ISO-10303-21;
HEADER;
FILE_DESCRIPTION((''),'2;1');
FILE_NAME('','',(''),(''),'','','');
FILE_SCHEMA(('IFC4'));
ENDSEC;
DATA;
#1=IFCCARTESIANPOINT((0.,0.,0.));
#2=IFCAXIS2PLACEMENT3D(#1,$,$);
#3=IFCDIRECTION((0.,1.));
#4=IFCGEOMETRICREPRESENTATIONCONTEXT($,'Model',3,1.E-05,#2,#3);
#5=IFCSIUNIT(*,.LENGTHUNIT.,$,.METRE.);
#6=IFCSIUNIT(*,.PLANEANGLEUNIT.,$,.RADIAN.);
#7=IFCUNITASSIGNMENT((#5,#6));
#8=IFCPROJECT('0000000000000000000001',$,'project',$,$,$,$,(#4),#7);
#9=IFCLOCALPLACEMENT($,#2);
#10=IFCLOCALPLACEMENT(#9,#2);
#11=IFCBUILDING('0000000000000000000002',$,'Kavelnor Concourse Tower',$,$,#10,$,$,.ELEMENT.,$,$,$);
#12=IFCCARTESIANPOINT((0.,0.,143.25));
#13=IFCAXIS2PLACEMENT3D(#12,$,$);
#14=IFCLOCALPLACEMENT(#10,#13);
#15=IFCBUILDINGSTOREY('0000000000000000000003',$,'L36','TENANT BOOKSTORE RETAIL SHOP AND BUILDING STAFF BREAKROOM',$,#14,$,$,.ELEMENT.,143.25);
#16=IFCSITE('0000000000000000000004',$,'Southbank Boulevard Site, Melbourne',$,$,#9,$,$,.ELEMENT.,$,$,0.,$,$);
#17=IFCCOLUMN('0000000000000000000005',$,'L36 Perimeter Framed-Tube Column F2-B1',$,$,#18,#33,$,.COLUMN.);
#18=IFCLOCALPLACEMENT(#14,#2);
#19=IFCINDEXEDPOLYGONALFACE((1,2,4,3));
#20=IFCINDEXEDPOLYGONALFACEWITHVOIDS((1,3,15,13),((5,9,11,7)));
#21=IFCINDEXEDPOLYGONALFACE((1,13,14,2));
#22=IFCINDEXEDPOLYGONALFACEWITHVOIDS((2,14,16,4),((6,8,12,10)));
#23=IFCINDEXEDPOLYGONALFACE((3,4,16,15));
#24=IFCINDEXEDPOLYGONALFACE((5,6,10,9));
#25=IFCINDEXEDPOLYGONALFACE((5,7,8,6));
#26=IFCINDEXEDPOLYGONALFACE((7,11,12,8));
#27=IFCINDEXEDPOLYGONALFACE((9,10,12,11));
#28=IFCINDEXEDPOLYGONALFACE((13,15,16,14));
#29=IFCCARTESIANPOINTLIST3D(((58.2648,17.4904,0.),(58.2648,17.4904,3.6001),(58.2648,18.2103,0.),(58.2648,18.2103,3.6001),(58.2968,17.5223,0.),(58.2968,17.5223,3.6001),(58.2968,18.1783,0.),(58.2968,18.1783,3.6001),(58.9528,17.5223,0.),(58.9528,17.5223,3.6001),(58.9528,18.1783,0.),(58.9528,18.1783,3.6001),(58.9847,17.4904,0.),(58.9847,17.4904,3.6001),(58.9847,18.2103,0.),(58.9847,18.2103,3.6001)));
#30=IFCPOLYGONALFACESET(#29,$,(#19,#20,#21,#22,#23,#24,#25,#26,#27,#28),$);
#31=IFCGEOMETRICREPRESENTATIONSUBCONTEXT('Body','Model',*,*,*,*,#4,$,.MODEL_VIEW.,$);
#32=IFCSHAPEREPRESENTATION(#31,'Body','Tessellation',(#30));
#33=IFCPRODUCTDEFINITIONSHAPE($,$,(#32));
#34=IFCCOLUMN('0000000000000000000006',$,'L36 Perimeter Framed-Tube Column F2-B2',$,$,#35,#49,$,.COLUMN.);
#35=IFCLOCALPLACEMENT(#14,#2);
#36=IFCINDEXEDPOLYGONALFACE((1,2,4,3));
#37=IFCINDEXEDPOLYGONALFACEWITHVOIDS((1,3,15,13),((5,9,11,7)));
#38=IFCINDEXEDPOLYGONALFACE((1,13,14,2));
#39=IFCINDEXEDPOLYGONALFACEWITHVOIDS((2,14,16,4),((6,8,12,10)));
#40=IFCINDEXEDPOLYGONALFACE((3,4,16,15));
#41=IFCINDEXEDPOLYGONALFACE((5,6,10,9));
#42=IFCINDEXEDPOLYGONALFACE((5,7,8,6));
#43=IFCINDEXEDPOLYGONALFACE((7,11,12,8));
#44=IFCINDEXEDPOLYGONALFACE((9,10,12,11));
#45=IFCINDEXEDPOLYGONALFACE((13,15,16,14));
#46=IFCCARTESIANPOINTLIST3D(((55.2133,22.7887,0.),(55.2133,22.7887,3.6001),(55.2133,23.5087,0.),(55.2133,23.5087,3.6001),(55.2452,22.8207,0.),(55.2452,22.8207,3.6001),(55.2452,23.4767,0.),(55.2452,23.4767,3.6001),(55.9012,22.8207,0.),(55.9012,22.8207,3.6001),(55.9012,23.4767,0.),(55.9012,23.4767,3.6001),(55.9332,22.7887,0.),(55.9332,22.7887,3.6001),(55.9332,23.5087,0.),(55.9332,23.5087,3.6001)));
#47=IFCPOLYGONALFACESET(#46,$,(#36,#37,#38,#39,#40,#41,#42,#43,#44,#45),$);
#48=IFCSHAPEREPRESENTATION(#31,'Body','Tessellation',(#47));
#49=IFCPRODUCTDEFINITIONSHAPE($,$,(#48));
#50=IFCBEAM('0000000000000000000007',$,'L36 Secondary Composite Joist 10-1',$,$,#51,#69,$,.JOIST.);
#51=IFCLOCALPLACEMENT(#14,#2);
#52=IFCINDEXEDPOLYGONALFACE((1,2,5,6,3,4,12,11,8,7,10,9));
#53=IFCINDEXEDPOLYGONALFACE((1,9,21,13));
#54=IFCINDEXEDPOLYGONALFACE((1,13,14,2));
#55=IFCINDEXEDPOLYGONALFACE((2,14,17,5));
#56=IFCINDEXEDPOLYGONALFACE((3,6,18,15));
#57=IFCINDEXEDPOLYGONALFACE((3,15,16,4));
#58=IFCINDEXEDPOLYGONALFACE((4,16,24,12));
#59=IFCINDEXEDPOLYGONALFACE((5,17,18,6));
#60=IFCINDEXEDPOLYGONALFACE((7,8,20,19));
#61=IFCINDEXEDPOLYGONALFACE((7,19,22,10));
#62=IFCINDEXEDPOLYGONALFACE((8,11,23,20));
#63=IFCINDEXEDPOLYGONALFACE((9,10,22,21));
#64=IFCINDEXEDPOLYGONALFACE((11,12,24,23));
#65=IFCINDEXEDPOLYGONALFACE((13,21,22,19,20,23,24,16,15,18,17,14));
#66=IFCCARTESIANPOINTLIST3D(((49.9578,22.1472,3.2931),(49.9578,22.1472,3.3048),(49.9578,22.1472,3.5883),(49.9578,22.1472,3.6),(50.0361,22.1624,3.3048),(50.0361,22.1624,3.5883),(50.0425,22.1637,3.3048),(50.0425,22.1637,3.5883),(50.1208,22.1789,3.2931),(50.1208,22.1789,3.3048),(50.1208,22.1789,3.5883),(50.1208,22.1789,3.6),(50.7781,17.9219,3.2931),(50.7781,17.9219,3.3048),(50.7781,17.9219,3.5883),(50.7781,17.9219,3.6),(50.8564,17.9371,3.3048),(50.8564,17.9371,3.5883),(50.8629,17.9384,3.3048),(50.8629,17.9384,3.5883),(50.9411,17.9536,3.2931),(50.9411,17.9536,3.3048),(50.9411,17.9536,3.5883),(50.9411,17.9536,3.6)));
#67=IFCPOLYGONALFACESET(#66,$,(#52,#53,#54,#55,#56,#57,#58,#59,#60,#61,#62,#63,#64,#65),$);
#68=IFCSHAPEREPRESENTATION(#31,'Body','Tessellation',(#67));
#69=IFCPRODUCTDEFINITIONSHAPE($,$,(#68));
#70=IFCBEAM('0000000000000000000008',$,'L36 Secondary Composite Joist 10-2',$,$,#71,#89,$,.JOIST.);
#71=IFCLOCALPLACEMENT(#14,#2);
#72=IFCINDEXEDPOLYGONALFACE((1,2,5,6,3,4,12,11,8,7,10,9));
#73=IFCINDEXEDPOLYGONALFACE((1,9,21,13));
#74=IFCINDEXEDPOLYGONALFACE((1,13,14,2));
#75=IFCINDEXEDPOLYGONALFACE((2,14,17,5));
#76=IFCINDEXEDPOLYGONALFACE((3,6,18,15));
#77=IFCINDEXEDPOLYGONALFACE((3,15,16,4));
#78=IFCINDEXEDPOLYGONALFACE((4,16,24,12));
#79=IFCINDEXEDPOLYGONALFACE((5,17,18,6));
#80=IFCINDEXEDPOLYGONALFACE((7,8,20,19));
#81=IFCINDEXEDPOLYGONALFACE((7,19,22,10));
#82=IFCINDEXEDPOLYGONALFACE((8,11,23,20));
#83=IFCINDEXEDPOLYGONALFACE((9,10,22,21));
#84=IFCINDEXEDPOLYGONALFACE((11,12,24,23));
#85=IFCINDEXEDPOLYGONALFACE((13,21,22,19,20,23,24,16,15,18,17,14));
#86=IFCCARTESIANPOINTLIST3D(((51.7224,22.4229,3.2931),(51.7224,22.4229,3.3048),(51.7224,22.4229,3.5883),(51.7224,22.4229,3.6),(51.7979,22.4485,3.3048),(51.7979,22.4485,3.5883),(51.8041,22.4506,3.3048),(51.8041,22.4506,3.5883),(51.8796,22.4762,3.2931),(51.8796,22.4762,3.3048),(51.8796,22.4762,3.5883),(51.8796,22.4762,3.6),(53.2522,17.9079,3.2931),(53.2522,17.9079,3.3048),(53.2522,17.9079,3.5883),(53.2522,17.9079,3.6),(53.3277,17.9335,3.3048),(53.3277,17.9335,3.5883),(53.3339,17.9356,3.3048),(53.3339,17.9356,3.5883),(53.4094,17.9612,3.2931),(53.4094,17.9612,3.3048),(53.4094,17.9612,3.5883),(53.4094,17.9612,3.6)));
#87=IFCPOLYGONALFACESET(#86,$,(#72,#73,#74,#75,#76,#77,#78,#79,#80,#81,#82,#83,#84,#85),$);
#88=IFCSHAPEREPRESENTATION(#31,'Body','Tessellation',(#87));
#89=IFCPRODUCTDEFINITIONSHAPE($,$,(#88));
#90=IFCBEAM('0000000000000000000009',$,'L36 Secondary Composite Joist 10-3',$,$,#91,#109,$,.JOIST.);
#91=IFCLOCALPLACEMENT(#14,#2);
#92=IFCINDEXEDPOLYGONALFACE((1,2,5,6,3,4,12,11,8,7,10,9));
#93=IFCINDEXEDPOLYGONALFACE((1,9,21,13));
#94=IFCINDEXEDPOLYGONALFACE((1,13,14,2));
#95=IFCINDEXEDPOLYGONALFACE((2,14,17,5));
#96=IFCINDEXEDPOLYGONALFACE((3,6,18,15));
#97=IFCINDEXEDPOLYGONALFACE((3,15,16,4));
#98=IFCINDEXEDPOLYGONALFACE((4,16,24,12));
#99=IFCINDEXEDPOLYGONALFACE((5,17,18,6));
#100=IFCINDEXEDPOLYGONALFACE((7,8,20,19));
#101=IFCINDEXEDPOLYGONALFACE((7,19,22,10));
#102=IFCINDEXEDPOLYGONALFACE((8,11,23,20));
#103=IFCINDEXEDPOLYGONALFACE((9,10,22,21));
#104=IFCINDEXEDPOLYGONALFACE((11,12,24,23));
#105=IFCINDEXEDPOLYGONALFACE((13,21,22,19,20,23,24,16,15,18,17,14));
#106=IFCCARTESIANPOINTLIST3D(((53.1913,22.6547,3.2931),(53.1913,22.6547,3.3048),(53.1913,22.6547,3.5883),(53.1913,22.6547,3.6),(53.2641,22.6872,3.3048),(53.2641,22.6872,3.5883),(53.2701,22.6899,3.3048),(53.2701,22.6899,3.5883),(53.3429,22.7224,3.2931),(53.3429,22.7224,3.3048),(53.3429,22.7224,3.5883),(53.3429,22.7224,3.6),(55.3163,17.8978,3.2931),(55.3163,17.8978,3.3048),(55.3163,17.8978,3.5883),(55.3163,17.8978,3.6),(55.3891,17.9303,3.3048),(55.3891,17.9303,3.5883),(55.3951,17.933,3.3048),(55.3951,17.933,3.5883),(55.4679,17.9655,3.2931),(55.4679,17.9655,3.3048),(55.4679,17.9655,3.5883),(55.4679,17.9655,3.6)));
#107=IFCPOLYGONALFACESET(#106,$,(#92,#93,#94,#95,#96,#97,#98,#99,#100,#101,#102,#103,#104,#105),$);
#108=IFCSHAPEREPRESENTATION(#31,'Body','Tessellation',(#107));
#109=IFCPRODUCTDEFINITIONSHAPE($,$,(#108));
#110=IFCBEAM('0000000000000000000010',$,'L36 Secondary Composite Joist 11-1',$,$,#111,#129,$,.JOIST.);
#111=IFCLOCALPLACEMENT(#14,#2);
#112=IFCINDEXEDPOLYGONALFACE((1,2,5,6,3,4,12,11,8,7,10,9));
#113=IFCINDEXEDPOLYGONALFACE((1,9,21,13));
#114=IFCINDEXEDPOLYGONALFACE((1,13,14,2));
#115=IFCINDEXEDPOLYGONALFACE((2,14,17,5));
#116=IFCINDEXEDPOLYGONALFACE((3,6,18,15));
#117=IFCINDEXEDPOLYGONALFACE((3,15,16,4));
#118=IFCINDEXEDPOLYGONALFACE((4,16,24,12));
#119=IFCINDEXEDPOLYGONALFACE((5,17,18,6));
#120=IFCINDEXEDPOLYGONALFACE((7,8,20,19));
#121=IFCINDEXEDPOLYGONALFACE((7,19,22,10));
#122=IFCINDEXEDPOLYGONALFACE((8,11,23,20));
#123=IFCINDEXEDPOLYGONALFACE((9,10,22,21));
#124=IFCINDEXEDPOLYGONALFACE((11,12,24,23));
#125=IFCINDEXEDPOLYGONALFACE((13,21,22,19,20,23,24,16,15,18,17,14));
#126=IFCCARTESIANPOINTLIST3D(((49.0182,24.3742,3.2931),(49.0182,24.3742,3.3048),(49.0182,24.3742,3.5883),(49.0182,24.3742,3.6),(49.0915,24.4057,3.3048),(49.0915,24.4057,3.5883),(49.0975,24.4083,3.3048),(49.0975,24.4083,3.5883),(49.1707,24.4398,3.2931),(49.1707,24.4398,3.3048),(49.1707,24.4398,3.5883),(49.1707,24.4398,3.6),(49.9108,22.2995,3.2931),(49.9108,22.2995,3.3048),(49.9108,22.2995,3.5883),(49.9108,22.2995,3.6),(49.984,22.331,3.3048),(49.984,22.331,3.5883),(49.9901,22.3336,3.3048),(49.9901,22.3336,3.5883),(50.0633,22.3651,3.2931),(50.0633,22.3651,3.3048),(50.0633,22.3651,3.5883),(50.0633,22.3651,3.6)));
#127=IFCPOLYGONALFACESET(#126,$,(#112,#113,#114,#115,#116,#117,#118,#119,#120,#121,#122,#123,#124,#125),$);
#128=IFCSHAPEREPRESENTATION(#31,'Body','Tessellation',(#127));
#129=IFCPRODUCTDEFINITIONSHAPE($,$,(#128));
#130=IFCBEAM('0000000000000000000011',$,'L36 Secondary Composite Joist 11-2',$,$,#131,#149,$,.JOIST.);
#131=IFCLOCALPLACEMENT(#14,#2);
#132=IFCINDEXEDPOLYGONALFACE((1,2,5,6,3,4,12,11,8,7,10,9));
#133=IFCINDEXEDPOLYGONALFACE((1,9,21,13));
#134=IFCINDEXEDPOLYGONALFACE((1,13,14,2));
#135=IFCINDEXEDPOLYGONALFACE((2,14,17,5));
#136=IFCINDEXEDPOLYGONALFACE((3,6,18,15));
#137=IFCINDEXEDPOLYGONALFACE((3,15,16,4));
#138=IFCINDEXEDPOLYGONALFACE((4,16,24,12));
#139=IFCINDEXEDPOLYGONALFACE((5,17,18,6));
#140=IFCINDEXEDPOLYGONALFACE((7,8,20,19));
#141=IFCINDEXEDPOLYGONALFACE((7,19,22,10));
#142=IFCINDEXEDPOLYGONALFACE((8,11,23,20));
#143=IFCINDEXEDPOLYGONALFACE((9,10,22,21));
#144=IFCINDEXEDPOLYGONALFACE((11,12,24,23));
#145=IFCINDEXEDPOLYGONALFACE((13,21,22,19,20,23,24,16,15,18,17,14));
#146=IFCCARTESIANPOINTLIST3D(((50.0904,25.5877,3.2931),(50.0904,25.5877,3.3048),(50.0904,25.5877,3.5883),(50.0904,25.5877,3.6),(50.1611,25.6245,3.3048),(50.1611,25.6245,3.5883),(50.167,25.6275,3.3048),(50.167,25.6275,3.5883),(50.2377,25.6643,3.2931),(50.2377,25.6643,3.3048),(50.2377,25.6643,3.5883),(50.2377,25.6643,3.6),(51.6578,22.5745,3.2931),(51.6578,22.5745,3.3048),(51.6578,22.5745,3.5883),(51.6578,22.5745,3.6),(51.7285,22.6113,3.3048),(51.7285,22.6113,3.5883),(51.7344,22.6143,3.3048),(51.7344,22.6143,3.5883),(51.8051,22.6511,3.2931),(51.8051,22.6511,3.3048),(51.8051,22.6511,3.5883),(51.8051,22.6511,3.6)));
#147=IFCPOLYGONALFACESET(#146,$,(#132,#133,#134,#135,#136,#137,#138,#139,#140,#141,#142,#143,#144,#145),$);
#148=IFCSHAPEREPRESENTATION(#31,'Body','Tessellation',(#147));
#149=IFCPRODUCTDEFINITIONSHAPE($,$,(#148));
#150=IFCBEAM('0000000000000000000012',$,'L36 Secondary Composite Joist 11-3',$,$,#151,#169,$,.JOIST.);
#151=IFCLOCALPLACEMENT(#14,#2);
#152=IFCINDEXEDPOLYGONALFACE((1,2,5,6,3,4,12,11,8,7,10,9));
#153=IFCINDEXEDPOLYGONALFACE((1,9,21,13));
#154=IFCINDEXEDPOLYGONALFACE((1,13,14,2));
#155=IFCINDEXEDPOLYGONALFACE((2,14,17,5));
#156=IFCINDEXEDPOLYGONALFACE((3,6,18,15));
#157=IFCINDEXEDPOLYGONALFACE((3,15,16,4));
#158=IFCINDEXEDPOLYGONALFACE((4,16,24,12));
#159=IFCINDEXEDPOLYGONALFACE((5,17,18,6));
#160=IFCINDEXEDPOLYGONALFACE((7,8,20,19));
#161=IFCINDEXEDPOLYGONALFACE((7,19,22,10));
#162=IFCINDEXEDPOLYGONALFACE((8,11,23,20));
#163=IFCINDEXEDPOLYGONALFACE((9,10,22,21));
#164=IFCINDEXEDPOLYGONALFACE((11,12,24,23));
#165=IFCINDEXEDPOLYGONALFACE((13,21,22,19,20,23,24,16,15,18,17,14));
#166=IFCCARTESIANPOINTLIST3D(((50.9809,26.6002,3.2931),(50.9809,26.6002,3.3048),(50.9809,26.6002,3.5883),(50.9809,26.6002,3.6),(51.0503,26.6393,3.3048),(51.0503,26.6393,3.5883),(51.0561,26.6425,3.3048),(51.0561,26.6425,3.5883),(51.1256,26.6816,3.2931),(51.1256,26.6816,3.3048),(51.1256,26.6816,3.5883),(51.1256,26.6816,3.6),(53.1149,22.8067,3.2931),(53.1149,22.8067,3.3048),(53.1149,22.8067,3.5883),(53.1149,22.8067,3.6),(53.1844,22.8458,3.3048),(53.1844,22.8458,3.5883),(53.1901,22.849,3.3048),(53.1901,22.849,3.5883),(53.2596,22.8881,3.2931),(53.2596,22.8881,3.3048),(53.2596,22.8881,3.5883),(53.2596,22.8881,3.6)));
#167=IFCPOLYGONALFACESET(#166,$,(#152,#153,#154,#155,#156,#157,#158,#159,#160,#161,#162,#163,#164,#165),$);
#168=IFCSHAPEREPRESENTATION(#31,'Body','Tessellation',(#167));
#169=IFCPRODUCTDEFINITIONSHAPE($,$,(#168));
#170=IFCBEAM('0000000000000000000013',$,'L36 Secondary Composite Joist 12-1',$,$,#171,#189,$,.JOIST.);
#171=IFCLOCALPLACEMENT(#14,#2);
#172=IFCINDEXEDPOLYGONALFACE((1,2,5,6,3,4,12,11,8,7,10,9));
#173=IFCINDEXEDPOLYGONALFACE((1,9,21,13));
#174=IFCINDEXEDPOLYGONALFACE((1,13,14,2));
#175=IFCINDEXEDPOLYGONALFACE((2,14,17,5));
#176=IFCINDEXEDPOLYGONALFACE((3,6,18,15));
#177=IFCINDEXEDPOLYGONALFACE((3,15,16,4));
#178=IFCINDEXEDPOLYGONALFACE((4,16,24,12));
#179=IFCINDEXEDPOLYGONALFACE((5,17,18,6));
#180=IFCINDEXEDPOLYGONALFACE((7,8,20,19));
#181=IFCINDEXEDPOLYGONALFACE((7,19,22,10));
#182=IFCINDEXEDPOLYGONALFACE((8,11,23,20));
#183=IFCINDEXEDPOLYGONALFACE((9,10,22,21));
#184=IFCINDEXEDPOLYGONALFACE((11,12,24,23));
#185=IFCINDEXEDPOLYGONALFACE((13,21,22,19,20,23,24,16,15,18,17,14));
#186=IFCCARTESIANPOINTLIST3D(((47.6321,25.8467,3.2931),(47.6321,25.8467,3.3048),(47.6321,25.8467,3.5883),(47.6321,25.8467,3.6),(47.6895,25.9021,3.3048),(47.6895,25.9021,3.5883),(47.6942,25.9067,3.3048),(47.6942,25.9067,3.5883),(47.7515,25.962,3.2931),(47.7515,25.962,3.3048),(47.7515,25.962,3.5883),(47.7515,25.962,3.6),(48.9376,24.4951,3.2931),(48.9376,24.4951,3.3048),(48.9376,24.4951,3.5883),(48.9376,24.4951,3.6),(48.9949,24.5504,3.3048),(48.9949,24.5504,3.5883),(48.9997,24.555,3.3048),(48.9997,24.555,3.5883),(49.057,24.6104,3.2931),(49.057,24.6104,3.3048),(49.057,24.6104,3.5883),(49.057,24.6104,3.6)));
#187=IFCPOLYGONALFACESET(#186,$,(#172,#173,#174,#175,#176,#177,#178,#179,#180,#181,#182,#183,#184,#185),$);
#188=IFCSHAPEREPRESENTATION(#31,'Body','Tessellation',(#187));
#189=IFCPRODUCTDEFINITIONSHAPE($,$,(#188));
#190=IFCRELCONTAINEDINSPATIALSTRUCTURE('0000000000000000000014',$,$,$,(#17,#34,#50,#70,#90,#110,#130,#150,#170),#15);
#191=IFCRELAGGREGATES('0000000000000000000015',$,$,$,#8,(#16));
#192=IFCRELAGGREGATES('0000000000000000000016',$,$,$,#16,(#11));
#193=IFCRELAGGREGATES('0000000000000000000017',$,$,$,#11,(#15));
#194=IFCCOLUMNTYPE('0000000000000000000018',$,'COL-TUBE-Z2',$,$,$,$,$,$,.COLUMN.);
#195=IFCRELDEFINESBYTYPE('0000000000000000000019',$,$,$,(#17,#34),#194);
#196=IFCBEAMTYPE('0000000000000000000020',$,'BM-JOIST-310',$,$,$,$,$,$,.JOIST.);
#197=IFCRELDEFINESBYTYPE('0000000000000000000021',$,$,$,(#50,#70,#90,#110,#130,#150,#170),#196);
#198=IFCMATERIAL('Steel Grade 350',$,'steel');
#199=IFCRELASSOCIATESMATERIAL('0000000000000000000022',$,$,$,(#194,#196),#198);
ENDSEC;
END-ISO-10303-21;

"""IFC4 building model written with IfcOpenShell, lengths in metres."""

from ifc_helpers import new_model, si_unit, direction, frame, origin, origin_2d, place, context, subcontext, project, spatial, hollow_rectangle, i_section, extrude, material, material_profile, profile_set, type_object, element, save


model = new_model("IFC4")

# Units and contexts
model_context = context("Model", 3, precision=1e-05, world=origin(), true_north=direction((0.0, 1.0)))
body_context = subcontext(model_context, "Body", "Model", "MODEL_VIEW")
ifc_project = project(units=[si_unit("LENGTHUNIT", "METRE"), si_unit("PLANEANGLEUNIT", "RADIAN")], contexts=[model_context])

# Site, building, storey
site_placement = place(None, origin())
site = spatial("IfcSite", under=ifc_project, at=site_placement, Name="Southbank Boulevard Site, Melbourne", CompositionType="ELEMENT", RefElevation=0.0)
building_placement = place(site_placement, origin())
building = spatial("IfcBuilding", under=site, at=building_placement, Name="Kavelnor Concourse Tower", CompositionType="ELEMENT")
storey_placement = place(building_placement, frame((0.0, 0.0, 143.25)))
storey = spatial("IfcBuildingStorey", under=building, at=storey_placement, Name="L36", Description="TENANT BOOKSTORE RETAIL SHOP AND BUILDING STAFF BREAKROOM", CompositionType="ELEMENT", Elevation=143.25)

# Columns
ifc_material_1 = material(Name="Steel Grade 350", Category="steel")
ifc_material_profile_1 = material_profile(ifc_material_1, hollow_rectangle(XDim=0.72, YDim=0.72, WallThickness=0.032, at=origin_2d()), Name="SHS 720x720x32")
ifc_profile_set_1 = profile_set([ifc_material_profile_1], Name="Steel Grade 350")
column_type = type_object("IfcColumnType", Name="COL-TUBE-Z2", PredefinedType="COLUMN", material=ifc_profile_set_1)
for number, where, z_axis, x_axis, name in (
    (1, (58.6248, 17.8503, 0.0), (0.0, 0.0, 1.0), (1.0, 0.0, 0.0), "L36 Perimeter Framed-Tube Column F2-B1"),
    (2, (55.5732, 23.1487, 0.0), (0.0, 0.0, 1.0), (1.0, 0.0, 0.0), "L36 Perimeter Framed-Tube Column F2-B2"),
):
    element("IfcColumn", number, at=place(storey_placement, frame(where, z_axis=z_axis, x_axis=x_axis)), inside=storey, type_object=column_type, Name=name, PredefinedType="COLUMN", context=body_context, shape_type="SweptSolid", body=[
        extrude(hollow_rectangle(XDim=0.72, YDim=0.72, WallThickness=0.032, at=origin_2d()), origin(), (0.0, 0.0, 1.0), 3.6001),
    ])

# Beams
ifc_material_profile_2 = material_profile(ifc_material_1, i_section(OverallWidth=0.166, OverallDepth=0.3069, WebThickness=0.0066, FlangeThickness=0.0117, at=origin_2d()), Name="310UB46")
ifc_profile_set_2 = profile_set([ifc_material_profile_2], Name="Steel Grade 350")
beam_type_1 = type_object("IfcBeamType", Name="BM-JOIST-310", PredefinedType="JOIST", material=ifc_profile_set_2)
beam_1_placement = place(storey_placement, frame((50.8596, 17.9377, 3.4465), z_axis=(-0.190583, 0.981671, 0.0), x_axis=(-0.981671, -0.190583, 0.0)))
element("IfcBeam", 3, at=beam_1_placement, inside=storey, type_object=beam_type_1, Name="L36 Secondary Composite Joist 10-1", PredefinedType="JOIST", context=body_context, shape_type="SweptSolid", body=[
    extrude(i_section(OverallWidth=0.166, OverallDepth=0.3069, WebThickness=0.0066, FlangeThickness=0.0117, at=origin_2d()), origin(), (0.0, 0.0, 1.0), 4.3042),
])
beam_2_placement = place(storey_placement, frame((53.3308, 17.9346, 3.4465), z_axis=(-0.32091, 0.94711, 0.0), x_axis=(-0.94711, -0.32091, 0.0)))
element("IfcBeam", 4, at=beam_2_placement, inside=storey, type_object=beam_type_1, Name="L36 Secondary Composite Joist 10-2", PredefinedType="JOIST", context=body_context, shape_type="SweptSolid", body=[
    extrude(i_section(OverallWidth=0.166, OverallDepth=0.3069, WebThickness=0.0066, FlangeThickness=0.0117, at=origin_2d()), origin(), (0.0, 0.0, 1.0), 4.7671),
])
beam_3_placement = place(storey_placement, frame((55.3921, 17.9316, 3.4465), z_axis=(-0.407877, 0.913037, 0.0), x_axis=(-0.913037, -0.407877, 0.0)))
element("IfcBeam", 5, at=beam_3_placement, inside=storey, type_object=beam_type_1, Name="L36 Secondary Composite Joist 10-3", PredefinedType="JOIST", context=body_context, shape_type="SweptSolid", body=[
    extrude(i_section(OverallWidth=0.166, OverallDepth=0.3069, WebThickness=0.0066, FlangeThickness=0.0117, at=origin_2d()), origin(), (0.0, 0.0, 1.0), 5.21),
])
beam_4_placement = place(storey_placement, frame((49.9871, 22.3323, 3.4465), z_axis=(-0.395197, 0.918596, 0.0), x_axis=(-0.918596, -0.395197, 0.0)))
element("IfcBeam", 6, at=beam_4_placement, inside=storey, type_object=beam_type_1, Name="L36 Secondary Composite Joist 11-1", PredefinedType="JOIST", context=body_context, shape_type="SweptSolid", body=[
    extrude(i_section(OverallWidth=0.166, OverallDepth=0.3069, WebThickness=0.0066, FlangeThickness=0.0117, at=origin_2d()), origin(), (0.0, 0.0, 1.0), 2.2585),
])
beam_5_placement = place(storey_placement, frame((51.7314, 22.6128, 3.4465), z_axis=(-0.461475, 0.887153, 0.0), x_axis=(-0.887153, -0.461475, 0.0)))
element("IfcBeam", 7, at=beam_5_placement, inside=storey, type_object=beam_type_1, Name="L36 Secondary Composite Joist 11-2", PredefinedType="JOIST", context=body_context, shape_type="SweptSolid", body=[
    extrude(i_section(OverallWidth=0.166, OverallDepth=0.3069, WebThickness=0.0066, FlangeThickness=0.0117, at=origin_2d()), origin(), (0.0, 0.0, 1.0), 3.3965),
])
beam_6_placement = place(storey_placement, frame((53.1873, 22.8474, 3.4465), z_axis=(-0.490299, 0.871555, 0.0), x_axis=(-0.871555, -0.490299, 0.0)))
element("IfcBeam", 8, at=beam_6_placement, inside=storey, type_object=beam_type_1, Name="L36 Secondary Composite Joist 11-3", PredefinedType="JOIST", context=body_context, shape_type="SweptSolid", body=[
    extrude(i_section(OverallWidth=0.166, OverallDepth=0.3069, WebThickness=0.0066, FlangeThickness=0.0117, at=origin_2d()), origin(), (0.0, 0.0, 1.0), 4.3525),
])
beam_7_placement = place(storey_placement, frame((48.9973, 24.5527, 3.4465), z_axis=(-0.694722, 0.719278, 0.0), x_axis=(-0.719278, -0.694722, 0.0)))
element("IfcBeam", 9, at=beam_7_placement, inside=storey, type_object=beam_type_1, Name="L36 Secondary Composite Joist 12-1", PredefinedType="JOIST", context=body_context, shape_type="SweptSolid", body=[
    extrude(i_section(OverallWidth=0.166, OverallDepth=0.3069, WebThickness=0.0066, FlangeThickness=0.0117, at=origin_2d()), origin(), (0.0, 0.0, 1.0), 1.8792),
])

save(model, "model.ifc")
